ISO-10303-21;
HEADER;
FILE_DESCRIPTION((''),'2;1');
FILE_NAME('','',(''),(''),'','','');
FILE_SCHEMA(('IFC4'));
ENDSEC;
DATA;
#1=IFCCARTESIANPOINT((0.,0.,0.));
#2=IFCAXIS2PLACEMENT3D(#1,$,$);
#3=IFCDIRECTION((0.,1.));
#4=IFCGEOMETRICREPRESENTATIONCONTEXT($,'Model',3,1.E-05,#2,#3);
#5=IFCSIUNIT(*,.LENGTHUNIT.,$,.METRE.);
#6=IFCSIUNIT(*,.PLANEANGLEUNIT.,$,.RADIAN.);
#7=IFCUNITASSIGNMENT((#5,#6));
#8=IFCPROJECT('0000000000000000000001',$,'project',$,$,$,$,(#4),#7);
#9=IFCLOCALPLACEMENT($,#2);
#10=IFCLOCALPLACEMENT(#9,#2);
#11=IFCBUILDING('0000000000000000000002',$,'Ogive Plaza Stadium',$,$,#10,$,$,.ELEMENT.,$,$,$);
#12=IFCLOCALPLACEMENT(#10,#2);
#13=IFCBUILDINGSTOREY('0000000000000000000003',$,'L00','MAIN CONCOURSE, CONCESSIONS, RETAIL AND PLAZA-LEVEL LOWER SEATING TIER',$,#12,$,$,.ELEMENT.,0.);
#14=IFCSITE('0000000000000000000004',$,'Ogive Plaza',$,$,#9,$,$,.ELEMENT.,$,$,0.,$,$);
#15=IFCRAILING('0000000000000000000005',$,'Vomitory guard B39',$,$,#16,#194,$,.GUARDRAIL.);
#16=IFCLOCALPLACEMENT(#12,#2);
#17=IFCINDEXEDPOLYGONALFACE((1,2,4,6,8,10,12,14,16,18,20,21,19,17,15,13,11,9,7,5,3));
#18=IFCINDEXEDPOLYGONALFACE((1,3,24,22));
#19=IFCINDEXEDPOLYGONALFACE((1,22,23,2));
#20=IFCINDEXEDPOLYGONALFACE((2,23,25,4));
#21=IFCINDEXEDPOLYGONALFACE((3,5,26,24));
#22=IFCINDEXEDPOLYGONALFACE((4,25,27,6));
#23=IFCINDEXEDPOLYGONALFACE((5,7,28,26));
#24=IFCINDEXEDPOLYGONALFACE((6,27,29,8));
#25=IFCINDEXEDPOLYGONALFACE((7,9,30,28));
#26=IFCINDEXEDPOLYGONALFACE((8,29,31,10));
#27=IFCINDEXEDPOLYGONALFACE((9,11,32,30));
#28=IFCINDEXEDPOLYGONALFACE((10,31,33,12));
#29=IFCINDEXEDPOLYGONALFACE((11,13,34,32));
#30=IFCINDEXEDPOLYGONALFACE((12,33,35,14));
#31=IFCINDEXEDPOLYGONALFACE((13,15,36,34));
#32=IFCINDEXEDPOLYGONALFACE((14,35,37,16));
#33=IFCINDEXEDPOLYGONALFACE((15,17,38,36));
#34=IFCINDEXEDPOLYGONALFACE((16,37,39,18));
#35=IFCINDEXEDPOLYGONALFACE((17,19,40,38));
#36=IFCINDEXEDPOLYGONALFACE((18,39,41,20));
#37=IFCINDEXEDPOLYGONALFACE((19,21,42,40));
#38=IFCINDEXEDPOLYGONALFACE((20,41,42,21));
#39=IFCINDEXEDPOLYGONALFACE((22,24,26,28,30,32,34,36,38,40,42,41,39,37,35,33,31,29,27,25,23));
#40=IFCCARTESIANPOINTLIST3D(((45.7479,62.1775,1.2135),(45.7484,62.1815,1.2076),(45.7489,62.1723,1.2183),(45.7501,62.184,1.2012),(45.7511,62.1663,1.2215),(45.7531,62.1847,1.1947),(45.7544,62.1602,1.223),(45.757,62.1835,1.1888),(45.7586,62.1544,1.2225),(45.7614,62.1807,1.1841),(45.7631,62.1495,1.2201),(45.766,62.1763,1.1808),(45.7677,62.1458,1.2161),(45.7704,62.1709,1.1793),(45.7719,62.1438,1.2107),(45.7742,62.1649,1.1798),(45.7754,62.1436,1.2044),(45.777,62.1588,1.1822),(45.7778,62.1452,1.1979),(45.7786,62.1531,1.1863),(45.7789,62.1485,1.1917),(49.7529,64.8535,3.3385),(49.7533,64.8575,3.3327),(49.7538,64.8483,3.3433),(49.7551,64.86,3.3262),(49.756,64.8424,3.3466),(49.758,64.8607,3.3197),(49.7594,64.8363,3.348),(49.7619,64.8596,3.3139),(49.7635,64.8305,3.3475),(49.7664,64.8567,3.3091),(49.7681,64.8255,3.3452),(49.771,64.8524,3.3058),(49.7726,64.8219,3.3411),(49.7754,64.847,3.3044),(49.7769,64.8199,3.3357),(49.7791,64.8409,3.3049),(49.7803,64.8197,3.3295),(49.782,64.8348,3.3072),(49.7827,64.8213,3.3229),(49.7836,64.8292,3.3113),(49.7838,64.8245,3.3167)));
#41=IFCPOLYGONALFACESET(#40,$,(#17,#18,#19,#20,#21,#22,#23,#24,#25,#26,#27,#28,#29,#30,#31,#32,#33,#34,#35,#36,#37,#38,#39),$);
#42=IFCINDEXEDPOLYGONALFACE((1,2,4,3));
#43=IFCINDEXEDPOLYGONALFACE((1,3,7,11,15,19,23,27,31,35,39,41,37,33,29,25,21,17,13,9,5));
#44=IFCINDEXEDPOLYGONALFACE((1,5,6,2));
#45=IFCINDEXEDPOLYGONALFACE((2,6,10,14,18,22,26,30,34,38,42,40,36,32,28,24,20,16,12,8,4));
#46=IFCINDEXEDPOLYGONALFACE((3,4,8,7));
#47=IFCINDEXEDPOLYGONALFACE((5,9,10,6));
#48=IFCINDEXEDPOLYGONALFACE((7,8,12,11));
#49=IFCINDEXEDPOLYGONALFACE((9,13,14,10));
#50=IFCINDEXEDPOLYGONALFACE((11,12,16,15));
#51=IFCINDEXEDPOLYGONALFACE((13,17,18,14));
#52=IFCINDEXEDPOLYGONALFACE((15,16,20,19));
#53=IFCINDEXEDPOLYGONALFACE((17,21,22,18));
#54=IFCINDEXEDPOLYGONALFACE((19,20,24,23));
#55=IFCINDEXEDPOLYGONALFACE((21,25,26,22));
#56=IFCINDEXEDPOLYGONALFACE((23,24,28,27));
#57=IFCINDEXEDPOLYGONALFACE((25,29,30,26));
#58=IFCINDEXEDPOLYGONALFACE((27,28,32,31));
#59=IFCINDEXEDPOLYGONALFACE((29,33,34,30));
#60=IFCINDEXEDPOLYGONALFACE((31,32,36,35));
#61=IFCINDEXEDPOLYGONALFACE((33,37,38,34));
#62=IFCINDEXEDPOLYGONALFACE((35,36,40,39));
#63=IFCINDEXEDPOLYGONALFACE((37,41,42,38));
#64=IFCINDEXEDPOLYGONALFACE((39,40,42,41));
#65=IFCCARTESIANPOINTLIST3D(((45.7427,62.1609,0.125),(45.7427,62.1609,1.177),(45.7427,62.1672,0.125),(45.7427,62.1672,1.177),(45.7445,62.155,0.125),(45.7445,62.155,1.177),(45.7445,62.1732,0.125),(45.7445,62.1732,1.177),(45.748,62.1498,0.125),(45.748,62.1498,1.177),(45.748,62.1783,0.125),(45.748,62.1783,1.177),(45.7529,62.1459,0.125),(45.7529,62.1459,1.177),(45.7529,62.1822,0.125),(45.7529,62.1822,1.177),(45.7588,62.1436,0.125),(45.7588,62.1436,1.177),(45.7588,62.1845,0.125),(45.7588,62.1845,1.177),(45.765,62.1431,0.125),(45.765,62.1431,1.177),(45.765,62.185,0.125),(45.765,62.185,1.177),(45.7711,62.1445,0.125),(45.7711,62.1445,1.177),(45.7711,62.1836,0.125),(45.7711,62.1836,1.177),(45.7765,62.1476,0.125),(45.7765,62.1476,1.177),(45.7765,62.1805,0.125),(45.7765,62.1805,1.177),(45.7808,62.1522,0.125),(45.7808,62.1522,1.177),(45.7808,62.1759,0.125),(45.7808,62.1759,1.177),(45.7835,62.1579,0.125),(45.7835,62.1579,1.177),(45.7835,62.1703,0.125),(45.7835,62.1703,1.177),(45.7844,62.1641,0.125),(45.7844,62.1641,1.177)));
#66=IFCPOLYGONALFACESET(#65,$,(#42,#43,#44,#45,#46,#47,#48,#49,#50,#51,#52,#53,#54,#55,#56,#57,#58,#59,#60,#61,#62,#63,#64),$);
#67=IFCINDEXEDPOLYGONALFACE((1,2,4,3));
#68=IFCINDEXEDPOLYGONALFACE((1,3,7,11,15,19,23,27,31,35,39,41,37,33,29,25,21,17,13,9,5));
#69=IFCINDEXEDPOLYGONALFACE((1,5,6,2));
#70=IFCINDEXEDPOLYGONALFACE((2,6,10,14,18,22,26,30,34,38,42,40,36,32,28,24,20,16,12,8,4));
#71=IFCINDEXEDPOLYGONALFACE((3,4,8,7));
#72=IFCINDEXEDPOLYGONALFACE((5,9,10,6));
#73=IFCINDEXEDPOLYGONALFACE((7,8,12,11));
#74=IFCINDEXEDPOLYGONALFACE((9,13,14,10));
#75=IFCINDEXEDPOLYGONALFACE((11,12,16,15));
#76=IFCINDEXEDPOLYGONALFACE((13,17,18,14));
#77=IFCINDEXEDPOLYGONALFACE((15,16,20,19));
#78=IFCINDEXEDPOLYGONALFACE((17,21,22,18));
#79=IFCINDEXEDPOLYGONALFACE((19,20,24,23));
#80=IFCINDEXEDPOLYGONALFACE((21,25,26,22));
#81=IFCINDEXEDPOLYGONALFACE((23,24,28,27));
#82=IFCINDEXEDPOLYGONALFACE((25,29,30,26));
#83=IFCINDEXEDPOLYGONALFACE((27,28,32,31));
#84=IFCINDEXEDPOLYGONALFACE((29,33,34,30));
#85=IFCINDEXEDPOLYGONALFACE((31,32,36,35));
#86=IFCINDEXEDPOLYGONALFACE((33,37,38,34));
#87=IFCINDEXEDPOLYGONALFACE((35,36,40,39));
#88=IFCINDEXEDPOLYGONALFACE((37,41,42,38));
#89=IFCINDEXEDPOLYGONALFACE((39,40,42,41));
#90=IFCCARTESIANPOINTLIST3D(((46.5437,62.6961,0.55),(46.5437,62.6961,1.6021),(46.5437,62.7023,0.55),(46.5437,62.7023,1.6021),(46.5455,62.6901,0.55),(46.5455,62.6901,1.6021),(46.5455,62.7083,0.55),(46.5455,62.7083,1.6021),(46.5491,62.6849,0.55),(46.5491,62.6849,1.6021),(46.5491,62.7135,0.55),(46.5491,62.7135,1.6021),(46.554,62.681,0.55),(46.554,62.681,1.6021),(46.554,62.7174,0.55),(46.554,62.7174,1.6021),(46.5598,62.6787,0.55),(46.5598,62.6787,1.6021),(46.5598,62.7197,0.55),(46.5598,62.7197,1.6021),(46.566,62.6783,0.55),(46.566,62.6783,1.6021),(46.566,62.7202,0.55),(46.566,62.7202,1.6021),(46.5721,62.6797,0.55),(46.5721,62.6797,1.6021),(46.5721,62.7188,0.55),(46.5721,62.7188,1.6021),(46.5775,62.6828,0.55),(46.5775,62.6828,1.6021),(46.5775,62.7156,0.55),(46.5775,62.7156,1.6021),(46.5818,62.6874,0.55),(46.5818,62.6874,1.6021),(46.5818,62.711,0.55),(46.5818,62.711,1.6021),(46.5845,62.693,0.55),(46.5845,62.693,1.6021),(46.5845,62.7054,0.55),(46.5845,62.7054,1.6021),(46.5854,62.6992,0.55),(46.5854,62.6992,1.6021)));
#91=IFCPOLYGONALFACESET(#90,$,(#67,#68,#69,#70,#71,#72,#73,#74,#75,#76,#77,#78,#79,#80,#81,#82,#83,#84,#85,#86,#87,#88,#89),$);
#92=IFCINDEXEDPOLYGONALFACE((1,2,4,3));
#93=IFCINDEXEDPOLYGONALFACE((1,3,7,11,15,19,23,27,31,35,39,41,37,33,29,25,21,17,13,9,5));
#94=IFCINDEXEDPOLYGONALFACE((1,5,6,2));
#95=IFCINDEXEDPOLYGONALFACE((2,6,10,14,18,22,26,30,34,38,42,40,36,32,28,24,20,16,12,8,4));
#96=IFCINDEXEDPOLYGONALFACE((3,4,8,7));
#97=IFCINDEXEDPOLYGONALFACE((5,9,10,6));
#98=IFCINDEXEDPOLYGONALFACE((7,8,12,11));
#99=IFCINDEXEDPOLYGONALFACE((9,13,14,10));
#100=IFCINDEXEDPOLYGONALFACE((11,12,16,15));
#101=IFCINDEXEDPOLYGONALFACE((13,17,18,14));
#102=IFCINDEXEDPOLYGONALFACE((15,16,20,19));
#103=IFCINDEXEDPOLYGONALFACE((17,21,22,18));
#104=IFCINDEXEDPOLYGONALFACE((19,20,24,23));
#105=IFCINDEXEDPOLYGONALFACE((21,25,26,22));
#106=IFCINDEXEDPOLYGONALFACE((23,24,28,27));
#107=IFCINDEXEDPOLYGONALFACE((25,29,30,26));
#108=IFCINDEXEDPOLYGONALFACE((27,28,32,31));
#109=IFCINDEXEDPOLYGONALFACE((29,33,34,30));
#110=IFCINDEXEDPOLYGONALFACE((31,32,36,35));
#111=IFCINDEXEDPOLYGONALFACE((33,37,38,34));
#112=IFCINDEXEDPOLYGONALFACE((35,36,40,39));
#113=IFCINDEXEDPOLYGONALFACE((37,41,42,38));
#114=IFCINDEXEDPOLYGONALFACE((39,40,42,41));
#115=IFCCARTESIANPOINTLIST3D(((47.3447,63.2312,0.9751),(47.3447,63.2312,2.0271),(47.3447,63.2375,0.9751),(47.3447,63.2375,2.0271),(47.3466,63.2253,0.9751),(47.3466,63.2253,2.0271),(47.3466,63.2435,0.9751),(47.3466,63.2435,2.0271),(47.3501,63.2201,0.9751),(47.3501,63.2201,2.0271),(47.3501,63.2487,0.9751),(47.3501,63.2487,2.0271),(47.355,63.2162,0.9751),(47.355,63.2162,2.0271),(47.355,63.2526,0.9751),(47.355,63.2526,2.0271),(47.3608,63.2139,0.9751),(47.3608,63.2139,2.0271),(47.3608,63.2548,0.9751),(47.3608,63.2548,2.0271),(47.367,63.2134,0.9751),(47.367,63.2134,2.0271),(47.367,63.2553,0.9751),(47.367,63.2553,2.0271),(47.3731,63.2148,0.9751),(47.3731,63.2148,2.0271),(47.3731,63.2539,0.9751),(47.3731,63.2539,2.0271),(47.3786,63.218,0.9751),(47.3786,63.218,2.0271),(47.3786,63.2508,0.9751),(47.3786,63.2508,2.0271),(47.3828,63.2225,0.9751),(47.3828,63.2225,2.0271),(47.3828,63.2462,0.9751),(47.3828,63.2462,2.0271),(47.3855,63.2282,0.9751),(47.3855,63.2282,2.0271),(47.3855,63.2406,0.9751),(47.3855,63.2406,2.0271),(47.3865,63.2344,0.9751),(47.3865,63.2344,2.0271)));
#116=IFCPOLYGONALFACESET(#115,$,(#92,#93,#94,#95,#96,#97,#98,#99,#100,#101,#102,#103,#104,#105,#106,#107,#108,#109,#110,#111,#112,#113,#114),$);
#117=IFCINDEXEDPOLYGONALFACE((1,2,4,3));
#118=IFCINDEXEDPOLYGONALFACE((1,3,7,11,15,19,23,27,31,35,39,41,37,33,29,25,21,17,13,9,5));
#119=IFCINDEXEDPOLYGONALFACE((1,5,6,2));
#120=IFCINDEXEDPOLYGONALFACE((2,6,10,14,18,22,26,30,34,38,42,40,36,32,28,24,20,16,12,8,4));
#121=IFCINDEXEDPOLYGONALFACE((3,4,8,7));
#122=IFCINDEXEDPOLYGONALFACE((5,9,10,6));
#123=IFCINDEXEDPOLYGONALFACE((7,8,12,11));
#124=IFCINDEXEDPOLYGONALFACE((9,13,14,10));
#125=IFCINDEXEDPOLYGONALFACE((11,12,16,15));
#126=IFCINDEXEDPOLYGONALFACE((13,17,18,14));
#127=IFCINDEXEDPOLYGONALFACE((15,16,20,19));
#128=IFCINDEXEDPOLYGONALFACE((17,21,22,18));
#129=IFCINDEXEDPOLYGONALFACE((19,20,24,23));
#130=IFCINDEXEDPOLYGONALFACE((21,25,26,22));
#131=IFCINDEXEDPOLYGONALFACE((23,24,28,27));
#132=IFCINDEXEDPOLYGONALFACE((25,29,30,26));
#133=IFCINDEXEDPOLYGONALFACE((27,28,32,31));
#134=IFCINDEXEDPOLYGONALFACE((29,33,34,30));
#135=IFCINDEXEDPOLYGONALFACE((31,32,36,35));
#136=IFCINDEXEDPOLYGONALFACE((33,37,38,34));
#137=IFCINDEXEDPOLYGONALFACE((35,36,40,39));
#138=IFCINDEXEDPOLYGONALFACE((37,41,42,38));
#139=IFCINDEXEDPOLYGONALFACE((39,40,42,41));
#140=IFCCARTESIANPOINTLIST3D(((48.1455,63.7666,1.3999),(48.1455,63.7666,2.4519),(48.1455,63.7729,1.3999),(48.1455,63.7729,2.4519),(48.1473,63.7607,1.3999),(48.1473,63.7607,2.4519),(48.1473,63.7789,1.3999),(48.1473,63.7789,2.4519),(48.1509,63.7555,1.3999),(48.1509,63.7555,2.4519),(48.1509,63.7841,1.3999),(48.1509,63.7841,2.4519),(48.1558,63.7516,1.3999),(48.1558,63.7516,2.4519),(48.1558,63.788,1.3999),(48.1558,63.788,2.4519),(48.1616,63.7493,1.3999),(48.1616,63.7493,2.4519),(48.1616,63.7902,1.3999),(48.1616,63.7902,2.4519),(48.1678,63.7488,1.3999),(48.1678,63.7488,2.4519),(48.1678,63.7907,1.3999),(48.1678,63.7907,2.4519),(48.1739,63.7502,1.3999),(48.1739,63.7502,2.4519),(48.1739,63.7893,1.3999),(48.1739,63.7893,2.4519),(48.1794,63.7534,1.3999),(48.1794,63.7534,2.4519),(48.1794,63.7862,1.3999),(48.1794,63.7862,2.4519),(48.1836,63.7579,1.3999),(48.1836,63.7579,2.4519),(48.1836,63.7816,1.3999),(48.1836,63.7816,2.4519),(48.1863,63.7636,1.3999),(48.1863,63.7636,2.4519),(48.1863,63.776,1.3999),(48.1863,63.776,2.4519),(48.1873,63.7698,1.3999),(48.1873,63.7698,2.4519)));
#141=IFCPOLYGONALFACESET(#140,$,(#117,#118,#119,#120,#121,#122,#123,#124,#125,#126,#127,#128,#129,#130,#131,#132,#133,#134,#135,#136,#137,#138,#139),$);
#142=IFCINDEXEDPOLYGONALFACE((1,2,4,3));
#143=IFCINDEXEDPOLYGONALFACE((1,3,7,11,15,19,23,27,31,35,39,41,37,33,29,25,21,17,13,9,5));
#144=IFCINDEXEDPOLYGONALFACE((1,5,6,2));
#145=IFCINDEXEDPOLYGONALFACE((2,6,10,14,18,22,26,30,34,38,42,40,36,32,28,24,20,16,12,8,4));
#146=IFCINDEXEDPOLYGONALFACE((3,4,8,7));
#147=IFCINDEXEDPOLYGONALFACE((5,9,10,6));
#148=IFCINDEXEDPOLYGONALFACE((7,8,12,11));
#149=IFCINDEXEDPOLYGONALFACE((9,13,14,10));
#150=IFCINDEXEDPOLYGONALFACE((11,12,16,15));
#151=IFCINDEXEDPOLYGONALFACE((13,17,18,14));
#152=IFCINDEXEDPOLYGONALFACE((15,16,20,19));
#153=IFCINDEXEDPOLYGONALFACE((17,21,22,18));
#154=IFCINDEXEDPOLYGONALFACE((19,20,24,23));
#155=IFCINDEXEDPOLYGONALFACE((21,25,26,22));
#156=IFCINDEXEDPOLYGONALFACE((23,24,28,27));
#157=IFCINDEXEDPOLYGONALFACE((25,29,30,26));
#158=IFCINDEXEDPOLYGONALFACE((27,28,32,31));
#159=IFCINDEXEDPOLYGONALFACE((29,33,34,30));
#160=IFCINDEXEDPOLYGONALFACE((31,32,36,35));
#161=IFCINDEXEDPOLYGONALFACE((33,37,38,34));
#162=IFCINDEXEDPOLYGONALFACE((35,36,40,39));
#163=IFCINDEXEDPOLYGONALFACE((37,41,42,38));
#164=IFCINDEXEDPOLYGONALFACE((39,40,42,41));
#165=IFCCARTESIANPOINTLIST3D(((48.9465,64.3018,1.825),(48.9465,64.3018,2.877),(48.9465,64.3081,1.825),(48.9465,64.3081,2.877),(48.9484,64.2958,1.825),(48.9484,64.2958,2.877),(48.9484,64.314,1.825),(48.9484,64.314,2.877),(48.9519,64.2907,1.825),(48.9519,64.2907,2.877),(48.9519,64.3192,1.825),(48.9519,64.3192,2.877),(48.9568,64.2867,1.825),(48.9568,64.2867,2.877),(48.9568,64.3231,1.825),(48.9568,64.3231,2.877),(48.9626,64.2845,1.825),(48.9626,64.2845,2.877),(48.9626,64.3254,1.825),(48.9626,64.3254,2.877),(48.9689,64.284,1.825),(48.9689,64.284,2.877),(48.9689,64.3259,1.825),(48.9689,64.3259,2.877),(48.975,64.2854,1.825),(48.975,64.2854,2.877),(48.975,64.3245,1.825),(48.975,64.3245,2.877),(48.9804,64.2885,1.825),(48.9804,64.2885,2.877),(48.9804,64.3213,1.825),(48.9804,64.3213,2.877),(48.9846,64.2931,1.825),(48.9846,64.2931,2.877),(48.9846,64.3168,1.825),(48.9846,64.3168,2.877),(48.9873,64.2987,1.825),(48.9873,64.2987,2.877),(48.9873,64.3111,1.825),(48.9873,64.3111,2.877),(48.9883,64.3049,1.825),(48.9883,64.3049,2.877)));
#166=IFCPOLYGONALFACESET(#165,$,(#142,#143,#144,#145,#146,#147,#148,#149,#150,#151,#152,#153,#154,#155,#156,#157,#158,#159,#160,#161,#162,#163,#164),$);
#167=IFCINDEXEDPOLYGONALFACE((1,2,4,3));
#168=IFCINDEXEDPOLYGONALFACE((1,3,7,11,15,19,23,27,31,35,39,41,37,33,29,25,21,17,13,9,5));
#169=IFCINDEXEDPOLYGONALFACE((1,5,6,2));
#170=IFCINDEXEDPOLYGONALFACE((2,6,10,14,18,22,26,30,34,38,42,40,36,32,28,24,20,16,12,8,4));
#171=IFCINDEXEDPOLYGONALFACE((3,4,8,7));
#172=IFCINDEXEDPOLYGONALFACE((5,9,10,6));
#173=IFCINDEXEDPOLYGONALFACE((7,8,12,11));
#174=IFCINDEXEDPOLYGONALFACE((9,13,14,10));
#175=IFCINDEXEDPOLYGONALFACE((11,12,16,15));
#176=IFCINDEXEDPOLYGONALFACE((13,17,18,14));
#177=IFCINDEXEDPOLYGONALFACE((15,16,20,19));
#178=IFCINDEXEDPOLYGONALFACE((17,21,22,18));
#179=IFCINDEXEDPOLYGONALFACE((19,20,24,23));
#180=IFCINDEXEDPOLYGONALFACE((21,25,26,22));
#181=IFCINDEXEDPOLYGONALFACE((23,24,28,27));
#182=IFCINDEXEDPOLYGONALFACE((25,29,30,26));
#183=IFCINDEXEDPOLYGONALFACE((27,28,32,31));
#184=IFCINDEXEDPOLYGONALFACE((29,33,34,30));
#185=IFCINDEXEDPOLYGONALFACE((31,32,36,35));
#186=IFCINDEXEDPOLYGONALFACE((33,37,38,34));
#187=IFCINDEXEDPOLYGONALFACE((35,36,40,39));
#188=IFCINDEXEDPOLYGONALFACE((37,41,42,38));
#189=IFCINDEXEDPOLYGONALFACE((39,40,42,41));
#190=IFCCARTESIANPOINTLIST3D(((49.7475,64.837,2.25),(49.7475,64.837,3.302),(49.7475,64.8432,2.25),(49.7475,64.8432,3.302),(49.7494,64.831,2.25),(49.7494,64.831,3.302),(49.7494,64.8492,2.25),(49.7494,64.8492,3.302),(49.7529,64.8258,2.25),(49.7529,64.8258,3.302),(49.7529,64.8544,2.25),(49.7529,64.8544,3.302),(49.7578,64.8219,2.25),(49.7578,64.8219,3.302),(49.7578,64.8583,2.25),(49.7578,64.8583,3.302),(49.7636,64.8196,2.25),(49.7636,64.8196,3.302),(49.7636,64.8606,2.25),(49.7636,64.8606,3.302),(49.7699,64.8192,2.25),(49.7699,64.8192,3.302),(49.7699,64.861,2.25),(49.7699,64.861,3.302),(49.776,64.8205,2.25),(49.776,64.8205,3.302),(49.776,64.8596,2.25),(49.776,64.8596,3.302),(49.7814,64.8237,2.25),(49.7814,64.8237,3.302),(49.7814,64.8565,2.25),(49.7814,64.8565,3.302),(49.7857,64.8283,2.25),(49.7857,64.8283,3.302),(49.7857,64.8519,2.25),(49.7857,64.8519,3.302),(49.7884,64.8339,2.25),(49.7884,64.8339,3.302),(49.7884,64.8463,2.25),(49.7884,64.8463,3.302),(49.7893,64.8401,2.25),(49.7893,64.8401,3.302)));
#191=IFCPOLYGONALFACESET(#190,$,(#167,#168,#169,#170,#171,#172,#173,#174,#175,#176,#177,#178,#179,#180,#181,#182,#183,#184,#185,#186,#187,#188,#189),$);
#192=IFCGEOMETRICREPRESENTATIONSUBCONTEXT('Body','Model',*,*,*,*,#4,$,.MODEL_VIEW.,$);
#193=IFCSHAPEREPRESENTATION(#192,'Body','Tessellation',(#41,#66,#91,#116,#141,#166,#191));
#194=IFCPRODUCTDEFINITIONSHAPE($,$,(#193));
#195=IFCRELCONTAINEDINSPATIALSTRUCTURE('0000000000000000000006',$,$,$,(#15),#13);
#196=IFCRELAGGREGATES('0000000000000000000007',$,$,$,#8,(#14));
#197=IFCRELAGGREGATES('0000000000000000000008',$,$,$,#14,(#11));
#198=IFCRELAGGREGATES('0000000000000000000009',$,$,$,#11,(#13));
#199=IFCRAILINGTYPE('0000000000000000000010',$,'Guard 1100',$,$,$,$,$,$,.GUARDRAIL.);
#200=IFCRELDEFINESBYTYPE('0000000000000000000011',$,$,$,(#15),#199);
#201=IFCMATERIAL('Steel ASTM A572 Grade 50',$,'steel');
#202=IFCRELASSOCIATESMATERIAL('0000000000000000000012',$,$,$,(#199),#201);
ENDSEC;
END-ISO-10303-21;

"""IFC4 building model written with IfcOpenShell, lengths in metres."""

from ifc_helpers import new_model, si_unit, direction, frame, origin, origin_2d, place, context, subcontext, project, spatial, circle, extrude, material, type_object, element, save


model = new_model("IFC4")

# Units and contexts
model_context = context("Model", 3, precision=1e-05, world=origin(), true_north=direction((0.0, 1.0)))
body_context = subcontext(model_context, "Body", "Model", "MODEL_VIEW")
ifc_project = project(units=[si_unit("LENGTHUNIT", "METRE"), si_unit("PLANEANGLEUNIT", "RADIAN")], contexts=[model_context])

# Site, building, storey
site_placement = place(None, origin())
site = spatial("IfcSite", under=ifc_project, at=site_placement, Name="Ogive Plaza", CompositionType="ELEMENT", RefElevation=0.0)
building_placement = place(site_placement, origin())
building = spatial("IfcBuilding", under=site, at=building_placement, Name="Ogive Plaza Stadium", CompositionType="ELEMENT")
storey_placement = place(building_placement, origin())
storey = spatial("IfcBuildingStorey", under=building, at=storey_placement, Name="L00", Description="MAIN CONCOURSE, CONCESSIONS, RETAIL AND PLAZA-LEVEL LOWER SEATING TIER", CompositionType="ELEMENT", Elevation=0.0)

# Railing
ifc_material_1 = material(Name="Steel ASTM A572 Grade 50", Category="steel")
railing_type = type_object("IfcRailingType", Name="Guard 1100", PredefinedType="GUARDRAIL", material=ifc_material_1)
for number, where, name in (
    (1, (45.7634, 62.1641, 0.125), "Vomitory guard B39"),
):
    element("IfcRailing", number, at=place(storey_placement, frame(where)), inside=storey, type_object=railing_type, Name=name, PredefinedType="GUARDRAIL", context=body_context, shape_type="SweptSolid", body=[
        extrude(circle(Radius=0.0239, at=origin_2d()), frame((0.0, 0.0, 1.0762), z_axis=(0.760722, 0.508307, 0.403641), x_axis=(-0.555577, 0.831465, 0.0)), (0.0, 0.0, 1.0), 5.2646),
        extrude(circle(Radius=0.021, at=origin_2d()), origin(), (0.0, 0.0, 1.0), 1.052),
        extrude(circle(Radius=0.021, at=origin_2d()), frame((0.801, 0.5352, 0.425)), (0.0, 0.0, 1.0), 1.052),
        extrude(circle(Radius=0.021, at=origin_2d()), frame((1.6021, 1.0703, 0.8501)), (0.0, 0.0, 1.0), 1.052),
        extrude(circle(Radius=0.021, at=origin_2d()), frame((2.4028, 1.6057, 1.2749)), (0.0, 0.0, 1.0), 1.052),
        extrude(circle(Radius=0.021, at=origin_2d()), frame((3.2039, 2.1409, 1.7)), (0.0, 0.0, 1.0), 1.052),
        extrude(circle(Radius=0.021, at=origin_2d()), frame((4.0049, 2.676, 2.125)), (0.0, 0.0, 1.0), 1.052),
    ])

save(model, "model.ifc")
